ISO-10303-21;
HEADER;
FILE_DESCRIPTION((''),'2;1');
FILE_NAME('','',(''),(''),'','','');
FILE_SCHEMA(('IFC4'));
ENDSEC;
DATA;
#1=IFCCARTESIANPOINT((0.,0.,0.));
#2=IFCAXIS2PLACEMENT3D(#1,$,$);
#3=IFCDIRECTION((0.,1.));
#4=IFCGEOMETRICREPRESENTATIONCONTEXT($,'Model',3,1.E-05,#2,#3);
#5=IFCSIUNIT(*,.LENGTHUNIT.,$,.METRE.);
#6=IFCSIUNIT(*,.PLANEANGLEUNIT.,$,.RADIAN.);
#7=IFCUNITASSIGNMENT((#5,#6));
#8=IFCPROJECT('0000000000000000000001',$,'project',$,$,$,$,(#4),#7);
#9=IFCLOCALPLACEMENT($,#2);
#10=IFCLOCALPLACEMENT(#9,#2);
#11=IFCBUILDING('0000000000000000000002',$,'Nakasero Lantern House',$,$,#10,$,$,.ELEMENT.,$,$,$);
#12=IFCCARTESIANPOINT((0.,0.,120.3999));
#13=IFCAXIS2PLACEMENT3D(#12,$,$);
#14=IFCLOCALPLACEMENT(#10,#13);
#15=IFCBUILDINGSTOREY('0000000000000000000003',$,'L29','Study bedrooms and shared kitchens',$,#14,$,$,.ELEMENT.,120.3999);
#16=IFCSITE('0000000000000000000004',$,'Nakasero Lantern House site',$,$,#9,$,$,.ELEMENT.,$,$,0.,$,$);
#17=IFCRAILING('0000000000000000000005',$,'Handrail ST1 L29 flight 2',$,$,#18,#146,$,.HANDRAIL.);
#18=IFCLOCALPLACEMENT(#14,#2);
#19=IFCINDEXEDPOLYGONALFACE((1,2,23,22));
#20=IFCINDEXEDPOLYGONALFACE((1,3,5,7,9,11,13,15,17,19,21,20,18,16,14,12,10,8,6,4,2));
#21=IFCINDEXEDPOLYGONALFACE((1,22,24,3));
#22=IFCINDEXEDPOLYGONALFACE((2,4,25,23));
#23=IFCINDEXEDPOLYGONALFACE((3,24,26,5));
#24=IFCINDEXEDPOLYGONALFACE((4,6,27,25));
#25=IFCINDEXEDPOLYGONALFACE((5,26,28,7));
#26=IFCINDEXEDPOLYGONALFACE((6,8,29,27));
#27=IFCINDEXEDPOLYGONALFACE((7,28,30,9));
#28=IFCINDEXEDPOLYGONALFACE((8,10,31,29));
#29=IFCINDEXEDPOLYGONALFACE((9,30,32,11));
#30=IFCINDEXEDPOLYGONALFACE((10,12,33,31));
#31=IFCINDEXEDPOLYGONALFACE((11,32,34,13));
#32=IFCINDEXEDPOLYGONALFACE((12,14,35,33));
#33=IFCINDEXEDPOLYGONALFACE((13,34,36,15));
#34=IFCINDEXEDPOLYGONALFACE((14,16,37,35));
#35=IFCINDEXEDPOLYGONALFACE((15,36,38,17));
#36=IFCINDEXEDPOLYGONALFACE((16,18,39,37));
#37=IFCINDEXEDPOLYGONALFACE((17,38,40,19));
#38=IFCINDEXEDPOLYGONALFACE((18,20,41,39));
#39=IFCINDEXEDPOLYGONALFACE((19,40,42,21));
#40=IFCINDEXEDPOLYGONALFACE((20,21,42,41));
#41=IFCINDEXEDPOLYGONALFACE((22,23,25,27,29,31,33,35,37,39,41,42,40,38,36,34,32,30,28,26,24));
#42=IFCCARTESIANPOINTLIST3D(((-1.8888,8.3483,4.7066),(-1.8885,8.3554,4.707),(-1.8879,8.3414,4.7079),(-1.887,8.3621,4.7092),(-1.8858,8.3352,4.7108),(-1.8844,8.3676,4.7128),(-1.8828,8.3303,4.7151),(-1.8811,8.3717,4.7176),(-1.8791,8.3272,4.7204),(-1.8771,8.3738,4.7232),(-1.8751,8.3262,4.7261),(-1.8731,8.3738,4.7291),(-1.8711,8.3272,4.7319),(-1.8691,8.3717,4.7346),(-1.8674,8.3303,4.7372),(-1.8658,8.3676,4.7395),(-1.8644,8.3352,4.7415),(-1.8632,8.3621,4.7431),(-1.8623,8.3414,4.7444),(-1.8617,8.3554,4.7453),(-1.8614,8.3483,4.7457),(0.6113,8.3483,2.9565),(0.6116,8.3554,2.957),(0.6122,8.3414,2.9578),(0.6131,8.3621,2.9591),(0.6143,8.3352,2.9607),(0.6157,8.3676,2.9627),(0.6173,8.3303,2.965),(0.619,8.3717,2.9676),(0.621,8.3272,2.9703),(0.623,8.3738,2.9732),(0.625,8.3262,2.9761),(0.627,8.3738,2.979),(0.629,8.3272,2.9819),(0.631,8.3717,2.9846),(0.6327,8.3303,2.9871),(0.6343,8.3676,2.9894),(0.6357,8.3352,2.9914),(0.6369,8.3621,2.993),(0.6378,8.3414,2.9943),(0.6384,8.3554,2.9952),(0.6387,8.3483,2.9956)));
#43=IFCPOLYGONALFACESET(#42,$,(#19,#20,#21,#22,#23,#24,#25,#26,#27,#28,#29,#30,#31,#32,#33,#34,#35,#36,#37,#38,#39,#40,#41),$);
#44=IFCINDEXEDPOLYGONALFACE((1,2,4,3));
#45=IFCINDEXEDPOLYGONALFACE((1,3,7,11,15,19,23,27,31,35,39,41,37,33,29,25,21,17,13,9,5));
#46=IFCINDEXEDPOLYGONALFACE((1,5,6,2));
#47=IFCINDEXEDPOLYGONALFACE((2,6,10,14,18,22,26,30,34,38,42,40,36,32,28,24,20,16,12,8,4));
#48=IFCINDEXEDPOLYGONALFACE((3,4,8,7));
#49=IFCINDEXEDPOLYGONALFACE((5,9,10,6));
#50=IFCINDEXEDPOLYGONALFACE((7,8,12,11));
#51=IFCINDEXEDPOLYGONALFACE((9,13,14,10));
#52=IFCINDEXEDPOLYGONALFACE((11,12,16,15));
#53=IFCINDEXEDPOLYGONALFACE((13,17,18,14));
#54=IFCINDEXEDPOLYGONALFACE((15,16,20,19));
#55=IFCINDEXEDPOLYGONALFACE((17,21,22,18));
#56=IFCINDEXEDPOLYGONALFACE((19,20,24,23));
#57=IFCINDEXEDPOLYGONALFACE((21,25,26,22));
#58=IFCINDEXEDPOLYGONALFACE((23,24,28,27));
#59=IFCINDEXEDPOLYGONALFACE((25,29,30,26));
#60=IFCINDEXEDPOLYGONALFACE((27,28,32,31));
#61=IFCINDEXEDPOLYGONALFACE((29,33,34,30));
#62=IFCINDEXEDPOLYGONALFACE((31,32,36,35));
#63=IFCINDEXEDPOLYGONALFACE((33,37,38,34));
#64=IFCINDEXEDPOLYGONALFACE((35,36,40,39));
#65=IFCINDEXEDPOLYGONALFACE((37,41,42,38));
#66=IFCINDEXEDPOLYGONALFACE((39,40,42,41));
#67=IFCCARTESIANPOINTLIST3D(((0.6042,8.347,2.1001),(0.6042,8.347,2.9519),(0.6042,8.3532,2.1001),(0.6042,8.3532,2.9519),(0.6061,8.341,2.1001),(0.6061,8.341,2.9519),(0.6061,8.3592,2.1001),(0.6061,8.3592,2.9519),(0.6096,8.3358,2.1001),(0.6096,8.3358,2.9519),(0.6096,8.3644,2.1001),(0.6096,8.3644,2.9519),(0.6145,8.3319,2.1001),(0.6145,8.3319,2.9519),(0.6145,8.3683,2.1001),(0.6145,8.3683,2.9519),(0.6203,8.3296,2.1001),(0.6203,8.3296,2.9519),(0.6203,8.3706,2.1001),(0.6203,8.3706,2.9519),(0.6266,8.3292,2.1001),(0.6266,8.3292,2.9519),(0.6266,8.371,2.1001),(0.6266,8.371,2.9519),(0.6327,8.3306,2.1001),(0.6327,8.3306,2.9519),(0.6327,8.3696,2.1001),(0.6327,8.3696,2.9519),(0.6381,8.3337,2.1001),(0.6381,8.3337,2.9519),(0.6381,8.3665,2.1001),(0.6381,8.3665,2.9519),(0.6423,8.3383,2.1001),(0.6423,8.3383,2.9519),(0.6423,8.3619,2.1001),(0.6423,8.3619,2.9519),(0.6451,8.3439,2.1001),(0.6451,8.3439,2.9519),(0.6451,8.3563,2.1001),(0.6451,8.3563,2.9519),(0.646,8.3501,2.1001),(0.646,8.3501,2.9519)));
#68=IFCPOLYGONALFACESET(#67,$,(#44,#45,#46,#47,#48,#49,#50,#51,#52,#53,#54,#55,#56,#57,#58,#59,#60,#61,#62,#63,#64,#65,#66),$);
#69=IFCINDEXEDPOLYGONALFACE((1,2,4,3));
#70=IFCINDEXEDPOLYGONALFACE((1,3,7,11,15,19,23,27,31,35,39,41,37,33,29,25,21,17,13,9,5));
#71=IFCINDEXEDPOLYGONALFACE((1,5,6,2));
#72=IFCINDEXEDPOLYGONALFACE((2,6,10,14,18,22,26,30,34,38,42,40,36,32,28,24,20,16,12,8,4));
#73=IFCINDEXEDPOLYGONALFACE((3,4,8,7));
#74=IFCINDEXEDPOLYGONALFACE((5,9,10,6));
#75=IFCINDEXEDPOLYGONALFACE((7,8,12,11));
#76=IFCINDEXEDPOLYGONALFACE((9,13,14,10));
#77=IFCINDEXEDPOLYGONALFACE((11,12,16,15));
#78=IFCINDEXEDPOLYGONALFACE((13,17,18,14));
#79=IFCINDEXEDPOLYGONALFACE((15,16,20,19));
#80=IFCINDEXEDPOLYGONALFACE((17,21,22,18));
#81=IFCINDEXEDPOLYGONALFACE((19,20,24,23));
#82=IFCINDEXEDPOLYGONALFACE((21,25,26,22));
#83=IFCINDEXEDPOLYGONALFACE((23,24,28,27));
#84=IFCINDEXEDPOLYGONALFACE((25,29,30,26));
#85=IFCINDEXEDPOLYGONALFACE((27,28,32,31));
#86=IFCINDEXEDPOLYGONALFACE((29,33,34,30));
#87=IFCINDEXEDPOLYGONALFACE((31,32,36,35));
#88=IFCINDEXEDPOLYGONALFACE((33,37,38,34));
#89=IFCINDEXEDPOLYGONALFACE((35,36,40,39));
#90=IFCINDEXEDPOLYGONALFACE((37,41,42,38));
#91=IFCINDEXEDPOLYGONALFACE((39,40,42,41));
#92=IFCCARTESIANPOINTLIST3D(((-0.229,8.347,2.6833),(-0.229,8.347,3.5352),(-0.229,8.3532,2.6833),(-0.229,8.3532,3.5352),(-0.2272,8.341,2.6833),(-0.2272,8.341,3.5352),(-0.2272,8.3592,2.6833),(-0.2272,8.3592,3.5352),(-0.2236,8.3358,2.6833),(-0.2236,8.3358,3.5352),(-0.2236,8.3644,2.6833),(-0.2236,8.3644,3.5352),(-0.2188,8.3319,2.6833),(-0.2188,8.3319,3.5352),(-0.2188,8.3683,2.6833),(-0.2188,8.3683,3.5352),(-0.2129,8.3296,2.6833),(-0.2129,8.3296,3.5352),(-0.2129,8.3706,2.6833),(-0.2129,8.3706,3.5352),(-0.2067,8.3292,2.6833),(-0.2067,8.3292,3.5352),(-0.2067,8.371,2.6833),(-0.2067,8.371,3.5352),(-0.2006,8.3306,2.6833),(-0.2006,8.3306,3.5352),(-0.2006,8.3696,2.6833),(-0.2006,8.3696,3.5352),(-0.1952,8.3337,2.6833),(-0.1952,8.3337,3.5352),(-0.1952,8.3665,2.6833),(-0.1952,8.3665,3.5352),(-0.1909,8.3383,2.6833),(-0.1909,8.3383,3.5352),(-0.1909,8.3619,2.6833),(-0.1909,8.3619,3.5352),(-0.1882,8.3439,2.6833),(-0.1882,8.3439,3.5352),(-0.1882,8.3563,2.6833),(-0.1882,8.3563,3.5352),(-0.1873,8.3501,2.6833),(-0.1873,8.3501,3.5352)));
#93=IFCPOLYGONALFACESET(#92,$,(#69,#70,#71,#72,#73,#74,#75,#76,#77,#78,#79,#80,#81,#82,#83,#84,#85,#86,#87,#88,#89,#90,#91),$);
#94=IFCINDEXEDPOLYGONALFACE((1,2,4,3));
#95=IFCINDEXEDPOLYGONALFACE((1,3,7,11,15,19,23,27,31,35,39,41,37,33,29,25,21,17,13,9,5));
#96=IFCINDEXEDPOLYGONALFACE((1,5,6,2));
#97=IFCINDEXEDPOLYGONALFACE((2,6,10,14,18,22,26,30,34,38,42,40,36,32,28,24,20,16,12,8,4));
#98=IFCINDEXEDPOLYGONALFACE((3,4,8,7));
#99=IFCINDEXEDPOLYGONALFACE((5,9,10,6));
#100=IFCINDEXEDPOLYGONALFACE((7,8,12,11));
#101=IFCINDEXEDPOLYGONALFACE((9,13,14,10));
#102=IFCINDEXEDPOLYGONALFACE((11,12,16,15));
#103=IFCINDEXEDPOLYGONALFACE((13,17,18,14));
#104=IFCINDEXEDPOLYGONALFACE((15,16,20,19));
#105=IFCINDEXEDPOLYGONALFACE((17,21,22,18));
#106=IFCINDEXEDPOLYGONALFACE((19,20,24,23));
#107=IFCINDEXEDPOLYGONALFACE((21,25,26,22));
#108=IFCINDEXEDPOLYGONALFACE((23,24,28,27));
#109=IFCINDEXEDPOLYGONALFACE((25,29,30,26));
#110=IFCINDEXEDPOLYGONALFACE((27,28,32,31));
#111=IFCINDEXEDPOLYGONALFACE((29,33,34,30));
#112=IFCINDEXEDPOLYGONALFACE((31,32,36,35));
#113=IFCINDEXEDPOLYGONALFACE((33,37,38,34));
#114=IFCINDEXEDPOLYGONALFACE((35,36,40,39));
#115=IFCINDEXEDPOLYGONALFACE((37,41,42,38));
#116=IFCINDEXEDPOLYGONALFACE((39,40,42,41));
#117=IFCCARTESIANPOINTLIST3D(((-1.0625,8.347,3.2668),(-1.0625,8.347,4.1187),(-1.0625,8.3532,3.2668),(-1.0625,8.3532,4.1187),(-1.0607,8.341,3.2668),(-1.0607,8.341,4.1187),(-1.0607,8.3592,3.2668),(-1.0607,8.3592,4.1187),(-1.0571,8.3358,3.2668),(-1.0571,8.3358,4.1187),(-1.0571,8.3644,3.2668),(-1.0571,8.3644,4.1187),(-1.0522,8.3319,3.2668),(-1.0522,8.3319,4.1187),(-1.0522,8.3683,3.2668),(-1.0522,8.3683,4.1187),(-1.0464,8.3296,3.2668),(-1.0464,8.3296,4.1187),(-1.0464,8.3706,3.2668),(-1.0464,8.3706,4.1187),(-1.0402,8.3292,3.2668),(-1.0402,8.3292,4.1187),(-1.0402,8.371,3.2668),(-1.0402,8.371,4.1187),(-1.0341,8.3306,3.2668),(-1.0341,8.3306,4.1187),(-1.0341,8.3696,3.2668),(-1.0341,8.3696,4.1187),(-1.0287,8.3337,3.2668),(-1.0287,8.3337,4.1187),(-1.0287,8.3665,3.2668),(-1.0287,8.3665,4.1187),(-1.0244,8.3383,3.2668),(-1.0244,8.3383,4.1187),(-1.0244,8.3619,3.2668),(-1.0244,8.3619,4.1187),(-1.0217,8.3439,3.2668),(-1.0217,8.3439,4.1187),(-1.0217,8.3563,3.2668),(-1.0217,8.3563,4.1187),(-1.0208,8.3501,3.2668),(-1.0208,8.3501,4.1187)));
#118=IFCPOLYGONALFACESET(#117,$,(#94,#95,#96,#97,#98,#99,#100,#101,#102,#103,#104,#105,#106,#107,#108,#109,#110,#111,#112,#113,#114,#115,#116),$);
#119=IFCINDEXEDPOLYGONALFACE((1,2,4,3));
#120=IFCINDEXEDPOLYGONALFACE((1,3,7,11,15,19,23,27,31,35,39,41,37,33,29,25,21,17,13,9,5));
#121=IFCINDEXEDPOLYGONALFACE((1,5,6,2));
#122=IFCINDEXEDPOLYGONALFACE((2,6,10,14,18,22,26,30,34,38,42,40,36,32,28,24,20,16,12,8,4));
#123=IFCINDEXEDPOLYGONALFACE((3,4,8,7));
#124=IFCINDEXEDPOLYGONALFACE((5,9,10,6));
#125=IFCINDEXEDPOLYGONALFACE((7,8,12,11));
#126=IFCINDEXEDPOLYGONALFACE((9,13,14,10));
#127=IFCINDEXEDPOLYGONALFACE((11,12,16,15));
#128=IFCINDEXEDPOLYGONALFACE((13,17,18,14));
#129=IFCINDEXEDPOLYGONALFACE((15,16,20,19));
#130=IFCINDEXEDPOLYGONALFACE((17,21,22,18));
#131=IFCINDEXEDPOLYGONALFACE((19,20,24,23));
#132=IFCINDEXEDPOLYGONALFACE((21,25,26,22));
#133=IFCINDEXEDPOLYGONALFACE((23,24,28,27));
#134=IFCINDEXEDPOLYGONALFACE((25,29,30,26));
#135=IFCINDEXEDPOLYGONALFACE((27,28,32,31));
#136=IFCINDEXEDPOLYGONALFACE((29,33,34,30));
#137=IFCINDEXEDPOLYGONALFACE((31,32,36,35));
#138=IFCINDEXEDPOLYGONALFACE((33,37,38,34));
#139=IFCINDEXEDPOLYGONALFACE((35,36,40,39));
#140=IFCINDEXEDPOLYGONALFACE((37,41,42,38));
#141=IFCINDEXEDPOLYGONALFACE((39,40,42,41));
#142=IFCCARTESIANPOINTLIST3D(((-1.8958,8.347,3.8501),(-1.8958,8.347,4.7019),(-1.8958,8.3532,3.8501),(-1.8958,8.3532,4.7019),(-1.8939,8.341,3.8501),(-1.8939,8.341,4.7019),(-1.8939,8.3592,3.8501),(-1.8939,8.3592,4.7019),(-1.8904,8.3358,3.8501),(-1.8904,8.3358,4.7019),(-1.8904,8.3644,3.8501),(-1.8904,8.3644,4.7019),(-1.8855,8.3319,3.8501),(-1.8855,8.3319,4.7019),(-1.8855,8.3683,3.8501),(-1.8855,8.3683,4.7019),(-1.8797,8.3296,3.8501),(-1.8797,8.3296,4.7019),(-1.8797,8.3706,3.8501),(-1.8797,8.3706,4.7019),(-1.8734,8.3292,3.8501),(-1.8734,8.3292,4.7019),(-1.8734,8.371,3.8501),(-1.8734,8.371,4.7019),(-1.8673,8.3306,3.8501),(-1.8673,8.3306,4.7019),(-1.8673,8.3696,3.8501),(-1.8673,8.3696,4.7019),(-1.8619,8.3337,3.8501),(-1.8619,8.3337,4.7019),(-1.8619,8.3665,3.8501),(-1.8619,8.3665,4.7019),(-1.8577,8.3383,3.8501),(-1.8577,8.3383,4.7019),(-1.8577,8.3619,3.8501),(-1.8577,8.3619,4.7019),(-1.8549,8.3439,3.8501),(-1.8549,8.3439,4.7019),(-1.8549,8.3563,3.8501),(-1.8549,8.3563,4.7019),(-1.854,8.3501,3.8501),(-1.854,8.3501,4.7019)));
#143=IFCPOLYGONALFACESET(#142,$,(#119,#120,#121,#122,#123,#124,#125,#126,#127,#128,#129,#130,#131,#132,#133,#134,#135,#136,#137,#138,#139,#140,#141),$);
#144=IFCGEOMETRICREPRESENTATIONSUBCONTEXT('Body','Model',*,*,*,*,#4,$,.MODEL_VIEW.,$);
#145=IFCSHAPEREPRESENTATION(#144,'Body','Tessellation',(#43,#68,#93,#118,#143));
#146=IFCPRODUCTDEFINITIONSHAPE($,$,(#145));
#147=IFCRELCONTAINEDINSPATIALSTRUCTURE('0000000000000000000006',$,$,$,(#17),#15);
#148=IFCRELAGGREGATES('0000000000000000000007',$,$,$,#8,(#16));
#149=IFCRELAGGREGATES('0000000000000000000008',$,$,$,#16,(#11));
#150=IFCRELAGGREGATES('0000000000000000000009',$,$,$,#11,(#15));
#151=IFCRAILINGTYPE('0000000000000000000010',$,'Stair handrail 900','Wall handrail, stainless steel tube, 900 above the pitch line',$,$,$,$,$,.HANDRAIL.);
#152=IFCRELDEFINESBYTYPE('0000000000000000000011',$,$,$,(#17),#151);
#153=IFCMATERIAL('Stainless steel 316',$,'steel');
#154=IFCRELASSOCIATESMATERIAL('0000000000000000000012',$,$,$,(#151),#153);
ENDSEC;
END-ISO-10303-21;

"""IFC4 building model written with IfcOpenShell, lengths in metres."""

from ifc_helpers import new_model, si_unit, direction, frame, origin, origin_2d, place, context, subcontext, project, spatial, circle, extrude, material, type_object, element, save


model = new_model("IFC4")

# Units and contexts
model_context = context("Model", 3, precision=1e-05, world=origin(), true_north=direction((0.0, 1.0)))
body_context = subcontext(model_context, "Body", "Model", "MODEL_VIEW")
ifc_project = project(units=[si_unit("LENGTHUNIT", "METRE"), si_unit("PLANEANGLEUNIT", "RADIAN")], contexts=[model_context])

# Site, building, storey
site_placement = place(None, origin())
site = spatial("IfcSite", under=ifc_project, at=site_placement, Name="Nakasero Lantern House site", CompositionType="ELEMENT", RefElevation=0.0)
building_placement = place(site_placement, origin())
building = spatial("IfcBuilding", under=site, at=building_placement, Name="Nakasero Lantern House", CompositionType="ELEMENT")
storey_placement = place(building_placement, frame((0.0, 0.0, 120.3999)))
storey = spatial("IfcBuildingStorey", under=building, at=storey_placement, Name="L29", Description="Study bedrooms and shared kitchens", CompositionType="ELEMENT", Elevation=120.3999)

# Railing
ifc_material_1 = material(Name="Stainless steel 316", Category="steel")
railing_type = type_object("IfcRailingType", Name="Stair handrail 900", Description="Wall handrail, stainless steel tube, 900 above the pitch line", PredefinedType="HANDRAIL", material=ifc_material_1)
railing_placement = place(storey_placement, frame((0.625, 8.3501, 2.1001)))
element("IfcRailing", 1, at=railing_placement, inside=storey, type_object=railing_type, Name="Handrail ST1 L29 flight 2", PredefinedType="HANDRAIL", context=body_context, shape_type="SweptSolid", body=[
    extrude(circle(Radius=0.0239, at=origin_2d()), frame((0.0, 0.0, 0.876), z_axis=(-0.819232, 0.0, 0.573462), x_axis=(0.0, -1.0, 0.0)), (0.0, 0.0, 1.0), 3.0518),
    extrude(circle(Radius=0.021, at=origin_2d()), origin(), (0.0, 0.0, 1.0), 0.8518),
    extrude(circle(Radius=0.021, at=origin_2d()), frame((-0.8333, 0.0, 0.5833)), (0.0, 0.0, 1.0), 0.8518),
    extrude(circle(Radius=0.021, at=origin_2d()), frame((-1.6667, 0.0, 1.1667)), (0.0, 0.0, 1.0), 0.8518),
    extrude(circle(Radius=0.021, at=origin_2d()), frame((-2.5, 0.0, 1.75)), (0.0, 0.0, 1.0), 0.8518),
])

save(model, "model.ifc")
